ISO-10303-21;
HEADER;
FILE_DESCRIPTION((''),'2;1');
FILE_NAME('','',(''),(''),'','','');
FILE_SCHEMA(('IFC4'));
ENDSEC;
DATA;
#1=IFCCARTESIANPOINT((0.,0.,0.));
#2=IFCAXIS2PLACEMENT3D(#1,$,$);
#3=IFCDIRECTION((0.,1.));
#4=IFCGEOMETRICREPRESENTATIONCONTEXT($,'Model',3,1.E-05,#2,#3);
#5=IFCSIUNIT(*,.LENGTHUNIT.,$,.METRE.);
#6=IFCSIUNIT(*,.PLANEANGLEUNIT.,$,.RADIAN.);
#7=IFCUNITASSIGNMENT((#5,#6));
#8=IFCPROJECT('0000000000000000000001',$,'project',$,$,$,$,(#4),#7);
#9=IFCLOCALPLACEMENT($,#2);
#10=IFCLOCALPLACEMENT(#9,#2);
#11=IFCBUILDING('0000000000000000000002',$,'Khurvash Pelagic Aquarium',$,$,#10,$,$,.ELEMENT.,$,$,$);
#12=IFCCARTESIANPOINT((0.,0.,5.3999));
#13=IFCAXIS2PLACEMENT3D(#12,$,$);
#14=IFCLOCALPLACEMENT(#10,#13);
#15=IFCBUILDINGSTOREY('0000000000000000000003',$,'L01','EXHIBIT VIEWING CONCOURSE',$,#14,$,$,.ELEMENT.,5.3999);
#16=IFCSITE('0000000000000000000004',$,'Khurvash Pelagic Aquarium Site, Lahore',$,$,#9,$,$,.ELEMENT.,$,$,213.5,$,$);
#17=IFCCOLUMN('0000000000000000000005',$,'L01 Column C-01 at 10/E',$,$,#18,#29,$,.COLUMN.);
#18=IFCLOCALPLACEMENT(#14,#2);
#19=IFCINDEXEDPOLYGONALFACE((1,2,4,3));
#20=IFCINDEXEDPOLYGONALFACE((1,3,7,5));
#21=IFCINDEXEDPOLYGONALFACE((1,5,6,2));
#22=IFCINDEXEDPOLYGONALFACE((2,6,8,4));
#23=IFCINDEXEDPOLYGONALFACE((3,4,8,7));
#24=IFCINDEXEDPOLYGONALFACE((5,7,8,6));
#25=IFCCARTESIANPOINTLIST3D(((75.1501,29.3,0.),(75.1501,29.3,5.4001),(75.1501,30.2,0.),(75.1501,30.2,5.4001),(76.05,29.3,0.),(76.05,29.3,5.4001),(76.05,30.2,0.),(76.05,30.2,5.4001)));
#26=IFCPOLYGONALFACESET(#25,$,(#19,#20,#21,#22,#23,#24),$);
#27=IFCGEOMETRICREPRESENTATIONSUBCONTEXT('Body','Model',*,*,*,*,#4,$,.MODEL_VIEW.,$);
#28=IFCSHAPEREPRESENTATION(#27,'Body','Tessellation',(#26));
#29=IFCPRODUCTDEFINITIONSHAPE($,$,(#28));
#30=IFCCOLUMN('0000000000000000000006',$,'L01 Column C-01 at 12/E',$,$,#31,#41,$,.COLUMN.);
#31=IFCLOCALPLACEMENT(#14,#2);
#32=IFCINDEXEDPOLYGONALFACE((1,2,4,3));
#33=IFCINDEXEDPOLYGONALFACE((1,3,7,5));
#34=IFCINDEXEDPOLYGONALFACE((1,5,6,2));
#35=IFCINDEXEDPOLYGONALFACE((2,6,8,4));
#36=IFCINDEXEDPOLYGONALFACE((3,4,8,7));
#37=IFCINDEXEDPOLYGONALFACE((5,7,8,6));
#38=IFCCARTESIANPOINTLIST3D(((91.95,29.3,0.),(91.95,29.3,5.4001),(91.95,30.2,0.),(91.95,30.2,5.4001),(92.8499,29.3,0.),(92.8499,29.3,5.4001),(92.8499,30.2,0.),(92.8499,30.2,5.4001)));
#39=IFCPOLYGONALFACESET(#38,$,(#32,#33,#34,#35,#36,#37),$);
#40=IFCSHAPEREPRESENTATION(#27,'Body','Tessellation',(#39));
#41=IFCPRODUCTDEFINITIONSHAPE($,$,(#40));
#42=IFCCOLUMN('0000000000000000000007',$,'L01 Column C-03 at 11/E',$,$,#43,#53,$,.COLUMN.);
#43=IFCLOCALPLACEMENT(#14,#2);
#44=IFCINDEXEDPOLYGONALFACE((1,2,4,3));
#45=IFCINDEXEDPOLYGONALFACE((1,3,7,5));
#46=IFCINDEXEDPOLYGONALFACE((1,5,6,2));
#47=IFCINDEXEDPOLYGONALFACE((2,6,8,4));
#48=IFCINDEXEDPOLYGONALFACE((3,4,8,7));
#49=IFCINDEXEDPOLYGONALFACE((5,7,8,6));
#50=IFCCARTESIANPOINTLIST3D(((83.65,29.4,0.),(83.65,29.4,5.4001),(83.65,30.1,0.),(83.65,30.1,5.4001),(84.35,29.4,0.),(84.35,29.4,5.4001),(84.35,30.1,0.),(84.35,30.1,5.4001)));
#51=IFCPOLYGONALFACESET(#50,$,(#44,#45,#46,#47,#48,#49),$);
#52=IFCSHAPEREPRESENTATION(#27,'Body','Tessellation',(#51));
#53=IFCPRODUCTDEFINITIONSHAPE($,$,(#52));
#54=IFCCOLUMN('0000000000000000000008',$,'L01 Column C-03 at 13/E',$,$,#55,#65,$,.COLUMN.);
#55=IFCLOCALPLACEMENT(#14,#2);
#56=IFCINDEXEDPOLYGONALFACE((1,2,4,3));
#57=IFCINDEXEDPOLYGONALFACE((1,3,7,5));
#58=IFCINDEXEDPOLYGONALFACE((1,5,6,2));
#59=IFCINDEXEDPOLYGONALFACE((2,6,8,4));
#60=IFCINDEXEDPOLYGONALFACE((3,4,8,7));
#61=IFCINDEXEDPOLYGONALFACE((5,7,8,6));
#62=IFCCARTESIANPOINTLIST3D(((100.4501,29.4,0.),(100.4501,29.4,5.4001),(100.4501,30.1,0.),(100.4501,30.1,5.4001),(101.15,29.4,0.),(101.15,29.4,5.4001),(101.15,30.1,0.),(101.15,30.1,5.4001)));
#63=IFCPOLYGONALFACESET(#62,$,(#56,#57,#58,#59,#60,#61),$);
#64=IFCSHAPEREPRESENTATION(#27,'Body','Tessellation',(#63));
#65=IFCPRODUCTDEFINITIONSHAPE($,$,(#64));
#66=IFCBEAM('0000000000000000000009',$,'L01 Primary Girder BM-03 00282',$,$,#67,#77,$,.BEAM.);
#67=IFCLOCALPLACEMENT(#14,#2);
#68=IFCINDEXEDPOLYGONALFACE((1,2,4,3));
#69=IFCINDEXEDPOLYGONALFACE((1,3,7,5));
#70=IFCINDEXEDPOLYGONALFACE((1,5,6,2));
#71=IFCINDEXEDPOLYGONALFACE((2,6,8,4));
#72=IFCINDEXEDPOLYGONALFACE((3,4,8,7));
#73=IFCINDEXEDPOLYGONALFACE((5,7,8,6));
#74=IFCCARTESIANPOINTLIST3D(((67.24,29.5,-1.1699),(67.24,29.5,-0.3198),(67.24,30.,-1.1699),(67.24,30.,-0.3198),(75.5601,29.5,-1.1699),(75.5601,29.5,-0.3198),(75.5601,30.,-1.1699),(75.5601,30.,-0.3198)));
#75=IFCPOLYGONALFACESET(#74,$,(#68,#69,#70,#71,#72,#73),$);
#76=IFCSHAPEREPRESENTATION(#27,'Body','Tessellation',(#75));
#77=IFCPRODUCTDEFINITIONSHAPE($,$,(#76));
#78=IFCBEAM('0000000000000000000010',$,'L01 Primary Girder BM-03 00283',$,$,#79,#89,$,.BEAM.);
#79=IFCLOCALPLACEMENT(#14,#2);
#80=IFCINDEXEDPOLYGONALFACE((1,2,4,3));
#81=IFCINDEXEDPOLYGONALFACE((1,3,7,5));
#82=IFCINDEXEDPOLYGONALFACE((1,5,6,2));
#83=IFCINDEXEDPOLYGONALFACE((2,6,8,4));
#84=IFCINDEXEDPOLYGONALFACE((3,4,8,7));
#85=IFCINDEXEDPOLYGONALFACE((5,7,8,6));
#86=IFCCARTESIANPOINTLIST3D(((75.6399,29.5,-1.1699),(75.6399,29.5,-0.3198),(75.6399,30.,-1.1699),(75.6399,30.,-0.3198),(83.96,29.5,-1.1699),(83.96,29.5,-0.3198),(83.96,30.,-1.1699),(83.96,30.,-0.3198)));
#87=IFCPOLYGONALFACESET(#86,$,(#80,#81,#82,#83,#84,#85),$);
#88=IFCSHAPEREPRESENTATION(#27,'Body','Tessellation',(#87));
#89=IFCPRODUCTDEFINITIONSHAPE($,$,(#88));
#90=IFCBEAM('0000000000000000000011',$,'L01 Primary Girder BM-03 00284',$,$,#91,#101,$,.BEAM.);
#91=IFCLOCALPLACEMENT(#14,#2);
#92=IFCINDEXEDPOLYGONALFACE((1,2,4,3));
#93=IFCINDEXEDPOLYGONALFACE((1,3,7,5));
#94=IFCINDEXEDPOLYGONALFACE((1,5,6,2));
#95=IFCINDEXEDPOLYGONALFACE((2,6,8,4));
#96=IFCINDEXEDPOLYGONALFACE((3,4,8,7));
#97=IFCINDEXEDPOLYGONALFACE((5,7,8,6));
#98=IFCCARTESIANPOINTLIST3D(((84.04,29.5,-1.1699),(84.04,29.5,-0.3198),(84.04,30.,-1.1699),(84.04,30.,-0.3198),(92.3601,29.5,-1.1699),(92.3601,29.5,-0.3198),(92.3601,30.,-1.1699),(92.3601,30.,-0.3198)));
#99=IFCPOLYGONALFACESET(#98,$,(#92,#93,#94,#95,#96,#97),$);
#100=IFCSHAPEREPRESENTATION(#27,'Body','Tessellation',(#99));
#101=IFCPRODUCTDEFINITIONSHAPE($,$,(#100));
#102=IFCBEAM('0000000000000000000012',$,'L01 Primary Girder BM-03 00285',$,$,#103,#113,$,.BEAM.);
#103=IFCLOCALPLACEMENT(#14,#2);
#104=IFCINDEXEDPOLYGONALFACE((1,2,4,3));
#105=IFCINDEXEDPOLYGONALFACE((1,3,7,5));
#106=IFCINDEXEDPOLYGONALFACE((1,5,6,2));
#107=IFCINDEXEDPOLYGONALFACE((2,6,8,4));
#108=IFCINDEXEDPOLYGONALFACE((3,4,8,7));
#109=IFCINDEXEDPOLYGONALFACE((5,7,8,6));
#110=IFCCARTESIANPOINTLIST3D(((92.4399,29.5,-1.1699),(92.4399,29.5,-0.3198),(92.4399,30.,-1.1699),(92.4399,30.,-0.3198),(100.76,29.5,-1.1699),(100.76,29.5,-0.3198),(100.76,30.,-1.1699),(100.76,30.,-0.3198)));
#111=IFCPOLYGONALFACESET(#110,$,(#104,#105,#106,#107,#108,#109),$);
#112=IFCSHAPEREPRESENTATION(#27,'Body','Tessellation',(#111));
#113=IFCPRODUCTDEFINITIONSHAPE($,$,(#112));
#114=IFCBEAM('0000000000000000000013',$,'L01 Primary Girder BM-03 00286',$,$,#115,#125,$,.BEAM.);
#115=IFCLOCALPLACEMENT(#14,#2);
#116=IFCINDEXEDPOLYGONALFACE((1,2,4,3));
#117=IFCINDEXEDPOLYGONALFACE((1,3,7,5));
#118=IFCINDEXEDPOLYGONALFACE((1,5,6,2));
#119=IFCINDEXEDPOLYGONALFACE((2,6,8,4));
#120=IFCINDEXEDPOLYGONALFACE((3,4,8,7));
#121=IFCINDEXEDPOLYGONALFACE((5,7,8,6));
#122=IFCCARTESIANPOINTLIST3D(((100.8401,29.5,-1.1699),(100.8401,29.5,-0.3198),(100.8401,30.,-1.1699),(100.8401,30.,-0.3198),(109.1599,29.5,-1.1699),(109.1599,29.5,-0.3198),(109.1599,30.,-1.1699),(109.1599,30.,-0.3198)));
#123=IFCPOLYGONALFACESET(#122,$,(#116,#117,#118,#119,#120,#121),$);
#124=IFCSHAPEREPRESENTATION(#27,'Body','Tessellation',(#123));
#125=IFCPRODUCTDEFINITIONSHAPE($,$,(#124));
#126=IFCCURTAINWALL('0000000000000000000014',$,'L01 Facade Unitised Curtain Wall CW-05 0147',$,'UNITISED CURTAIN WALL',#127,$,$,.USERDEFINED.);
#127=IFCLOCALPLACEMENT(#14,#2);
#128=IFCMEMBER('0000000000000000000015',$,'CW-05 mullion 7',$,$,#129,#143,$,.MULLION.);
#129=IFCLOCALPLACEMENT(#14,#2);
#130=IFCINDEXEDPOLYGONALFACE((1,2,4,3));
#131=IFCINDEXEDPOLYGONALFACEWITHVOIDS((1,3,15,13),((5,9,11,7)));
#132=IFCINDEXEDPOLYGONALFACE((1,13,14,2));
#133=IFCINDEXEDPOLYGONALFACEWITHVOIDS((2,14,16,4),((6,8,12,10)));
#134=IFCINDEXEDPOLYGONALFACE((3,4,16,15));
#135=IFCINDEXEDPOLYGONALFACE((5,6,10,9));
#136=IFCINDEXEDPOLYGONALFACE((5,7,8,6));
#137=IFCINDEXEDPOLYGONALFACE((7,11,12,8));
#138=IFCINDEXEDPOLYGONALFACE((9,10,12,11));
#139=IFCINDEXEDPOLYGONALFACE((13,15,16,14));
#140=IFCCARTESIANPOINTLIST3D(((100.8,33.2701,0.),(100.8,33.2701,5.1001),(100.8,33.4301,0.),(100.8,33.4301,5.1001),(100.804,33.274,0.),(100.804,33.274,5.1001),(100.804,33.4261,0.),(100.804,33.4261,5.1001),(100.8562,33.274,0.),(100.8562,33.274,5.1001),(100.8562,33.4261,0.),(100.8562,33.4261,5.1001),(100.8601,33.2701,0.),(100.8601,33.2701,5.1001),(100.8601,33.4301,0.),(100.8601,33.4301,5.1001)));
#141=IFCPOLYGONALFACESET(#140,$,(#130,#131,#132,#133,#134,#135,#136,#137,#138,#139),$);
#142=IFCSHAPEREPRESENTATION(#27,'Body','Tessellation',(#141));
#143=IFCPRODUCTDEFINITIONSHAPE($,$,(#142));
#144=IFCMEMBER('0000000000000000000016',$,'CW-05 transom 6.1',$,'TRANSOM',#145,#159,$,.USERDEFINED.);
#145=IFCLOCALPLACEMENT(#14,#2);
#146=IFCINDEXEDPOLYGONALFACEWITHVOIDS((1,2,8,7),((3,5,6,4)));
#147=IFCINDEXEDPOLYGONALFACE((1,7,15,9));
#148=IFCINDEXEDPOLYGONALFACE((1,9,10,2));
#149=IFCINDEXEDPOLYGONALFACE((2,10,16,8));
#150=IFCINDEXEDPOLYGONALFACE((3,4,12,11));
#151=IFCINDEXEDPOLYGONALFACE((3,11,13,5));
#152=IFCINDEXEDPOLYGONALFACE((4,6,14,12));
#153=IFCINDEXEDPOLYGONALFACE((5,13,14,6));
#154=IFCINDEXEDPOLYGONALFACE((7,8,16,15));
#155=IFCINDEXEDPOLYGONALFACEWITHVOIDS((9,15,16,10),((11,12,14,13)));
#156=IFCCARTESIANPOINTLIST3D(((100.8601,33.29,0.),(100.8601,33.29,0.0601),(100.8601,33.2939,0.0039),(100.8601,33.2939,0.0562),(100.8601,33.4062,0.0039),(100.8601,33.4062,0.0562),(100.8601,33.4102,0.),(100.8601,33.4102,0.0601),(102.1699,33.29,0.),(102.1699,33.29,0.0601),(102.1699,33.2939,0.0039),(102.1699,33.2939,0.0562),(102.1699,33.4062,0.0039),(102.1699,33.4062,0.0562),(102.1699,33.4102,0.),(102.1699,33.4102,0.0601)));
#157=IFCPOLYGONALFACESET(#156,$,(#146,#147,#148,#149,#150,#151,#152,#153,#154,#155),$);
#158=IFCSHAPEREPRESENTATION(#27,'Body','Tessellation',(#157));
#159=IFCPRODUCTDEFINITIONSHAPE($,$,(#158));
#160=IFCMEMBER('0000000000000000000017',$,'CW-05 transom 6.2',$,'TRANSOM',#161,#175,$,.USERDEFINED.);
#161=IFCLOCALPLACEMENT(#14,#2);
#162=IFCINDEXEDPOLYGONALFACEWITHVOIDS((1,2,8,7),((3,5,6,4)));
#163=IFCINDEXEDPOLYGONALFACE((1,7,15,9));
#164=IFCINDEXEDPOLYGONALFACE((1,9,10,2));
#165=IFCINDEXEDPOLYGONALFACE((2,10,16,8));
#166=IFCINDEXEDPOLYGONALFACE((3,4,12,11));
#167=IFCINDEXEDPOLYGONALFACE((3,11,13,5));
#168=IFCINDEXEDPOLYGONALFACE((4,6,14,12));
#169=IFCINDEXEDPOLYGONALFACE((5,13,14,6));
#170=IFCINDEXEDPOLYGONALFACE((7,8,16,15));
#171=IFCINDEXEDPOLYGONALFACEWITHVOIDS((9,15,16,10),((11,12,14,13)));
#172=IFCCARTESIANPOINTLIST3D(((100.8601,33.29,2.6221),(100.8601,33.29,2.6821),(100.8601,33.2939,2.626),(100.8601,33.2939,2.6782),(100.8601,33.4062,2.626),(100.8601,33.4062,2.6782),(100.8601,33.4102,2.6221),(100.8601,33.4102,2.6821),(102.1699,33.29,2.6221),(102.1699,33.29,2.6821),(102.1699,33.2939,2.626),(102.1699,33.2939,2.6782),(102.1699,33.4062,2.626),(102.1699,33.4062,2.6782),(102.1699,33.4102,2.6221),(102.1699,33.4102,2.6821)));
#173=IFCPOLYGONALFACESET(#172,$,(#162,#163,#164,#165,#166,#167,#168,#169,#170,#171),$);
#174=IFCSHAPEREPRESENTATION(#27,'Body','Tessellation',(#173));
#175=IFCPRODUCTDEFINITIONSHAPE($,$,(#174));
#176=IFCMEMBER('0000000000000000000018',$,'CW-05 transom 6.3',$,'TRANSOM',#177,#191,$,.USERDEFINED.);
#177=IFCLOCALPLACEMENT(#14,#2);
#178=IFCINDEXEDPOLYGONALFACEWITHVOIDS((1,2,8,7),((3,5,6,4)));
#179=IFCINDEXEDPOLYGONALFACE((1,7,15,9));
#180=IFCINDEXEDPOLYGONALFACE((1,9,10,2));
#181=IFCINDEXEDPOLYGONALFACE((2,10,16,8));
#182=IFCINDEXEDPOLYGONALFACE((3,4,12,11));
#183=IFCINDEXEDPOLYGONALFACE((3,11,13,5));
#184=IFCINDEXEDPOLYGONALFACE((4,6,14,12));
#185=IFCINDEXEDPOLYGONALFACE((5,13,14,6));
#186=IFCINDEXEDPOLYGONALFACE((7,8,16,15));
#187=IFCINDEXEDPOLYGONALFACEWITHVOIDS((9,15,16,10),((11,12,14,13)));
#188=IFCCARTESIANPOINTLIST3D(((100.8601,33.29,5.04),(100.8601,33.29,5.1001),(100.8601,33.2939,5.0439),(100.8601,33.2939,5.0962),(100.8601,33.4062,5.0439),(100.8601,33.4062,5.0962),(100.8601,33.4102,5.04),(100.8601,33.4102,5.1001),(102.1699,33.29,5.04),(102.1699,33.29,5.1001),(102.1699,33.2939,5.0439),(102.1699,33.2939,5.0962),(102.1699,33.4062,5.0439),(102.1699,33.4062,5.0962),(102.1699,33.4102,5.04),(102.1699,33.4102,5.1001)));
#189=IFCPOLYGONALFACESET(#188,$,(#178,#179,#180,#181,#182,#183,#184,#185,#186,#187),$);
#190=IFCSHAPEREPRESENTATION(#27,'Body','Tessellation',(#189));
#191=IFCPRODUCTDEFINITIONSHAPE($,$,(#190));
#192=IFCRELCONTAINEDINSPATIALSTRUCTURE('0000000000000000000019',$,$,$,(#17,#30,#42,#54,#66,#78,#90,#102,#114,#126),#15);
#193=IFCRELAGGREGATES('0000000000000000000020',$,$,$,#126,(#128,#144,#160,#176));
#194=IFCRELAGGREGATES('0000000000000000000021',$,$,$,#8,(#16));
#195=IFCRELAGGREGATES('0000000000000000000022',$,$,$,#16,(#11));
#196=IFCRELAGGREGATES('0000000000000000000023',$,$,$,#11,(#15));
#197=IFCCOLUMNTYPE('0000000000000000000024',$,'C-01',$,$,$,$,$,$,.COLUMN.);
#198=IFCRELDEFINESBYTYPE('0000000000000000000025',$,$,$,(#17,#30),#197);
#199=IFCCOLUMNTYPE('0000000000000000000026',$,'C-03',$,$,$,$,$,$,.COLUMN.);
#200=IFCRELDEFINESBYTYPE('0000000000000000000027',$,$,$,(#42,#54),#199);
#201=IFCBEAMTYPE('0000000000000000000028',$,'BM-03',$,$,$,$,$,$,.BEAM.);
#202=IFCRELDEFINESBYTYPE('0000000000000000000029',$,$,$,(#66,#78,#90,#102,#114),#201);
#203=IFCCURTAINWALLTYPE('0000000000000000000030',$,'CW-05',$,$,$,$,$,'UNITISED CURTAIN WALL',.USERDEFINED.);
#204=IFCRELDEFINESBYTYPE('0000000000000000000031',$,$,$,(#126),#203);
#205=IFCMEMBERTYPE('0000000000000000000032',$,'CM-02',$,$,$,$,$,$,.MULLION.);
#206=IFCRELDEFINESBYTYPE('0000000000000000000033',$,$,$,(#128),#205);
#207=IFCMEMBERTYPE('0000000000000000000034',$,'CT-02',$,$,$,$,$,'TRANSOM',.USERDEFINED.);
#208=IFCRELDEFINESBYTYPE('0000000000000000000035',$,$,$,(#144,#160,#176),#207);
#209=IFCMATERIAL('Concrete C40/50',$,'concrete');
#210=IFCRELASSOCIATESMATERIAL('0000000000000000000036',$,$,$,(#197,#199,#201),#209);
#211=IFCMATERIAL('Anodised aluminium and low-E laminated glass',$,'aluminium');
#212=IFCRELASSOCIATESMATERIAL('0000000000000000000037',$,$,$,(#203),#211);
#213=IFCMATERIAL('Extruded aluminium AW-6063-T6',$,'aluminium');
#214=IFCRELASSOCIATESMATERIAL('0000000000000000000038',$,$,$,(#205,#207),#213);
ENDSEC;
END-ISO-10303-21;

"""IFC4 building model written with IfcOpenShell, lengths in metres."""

from ifc_helpers import new_model, si_unit, direction, frame, origin, origin_2d, place, context, subcontext, project, spatial, rectangle, hollow_rectangle, extrude, material, material_profile, profile_set, type_object, element, aggregate, save


model = new_model("IFC4")

# Units and contexts
model_context = context("Model", 3, precision=1e-05, world=origin(), true_north=direction((0.0, 1.0)))
body_context = subcontext(model_context, "Body", "Model", "MODEL_VIEW")
ifc_project = project(units=[si_unit("LENGTHUNIT", "METRE"), si_unit("PLANEANGLEUNIT", "RADIAN")], contexts=[model_context])

# Site, building, storey
site_placement = place(None, origin())
site = spatial("IfcSite", under=ifc_project, at=site_placement, Name="Khurvash Pelagic Aquarium Site, Lahore", CompositionType="ELEMENT", RefElevation=213.5)
building_placement = place(site_placement, origin())
building = spatial("IfcBuilding", under=site, at=building_placement, Name="Khurvash Pelagic Aquarium", CompositionType="ELEMENT")
storey_placement = place(building_placement, frame((0.0, 0.0, 5.3999)))
storey = spatial("IfcBuildingStorey", under=building, at=storey_placement, Name="L01", Description="EXHIBIT VIEWING CONCOURSE", CompositionType="ELEMENT", Elevation=5.3999)

# Columns
ifc_material_1 = material(Name="Concrete C40/50", Category="concrete")
ifc_material_profile_1 = material_profile(ifc_material_1, rectangle(XDim=0.8999, YDim=0.8999, at=origin_2d()), Name="RC900X900")
ifc_profile_set_1 = profile_set([ifc_material_profile_1], Name="Concrete C40/50")
column_type_1 = type_object("IfcColumnType", Name="C-01", PredefinedType="COLUMN", material=ifc_profile_set_1)
for number, where, z_axis, x_axis, name in (
    (1, (75.6001, 29.75, 0.0), (0.0, 0.0, 1.0), (1.0, 0.0, 0.0), "L01 Column C-01 at 10/E"),
    (2, (92.3999, 29.75, 0.0), (0.0, 0.0, 1.0), (1.0, 0.0, 0.0), "L01 Column C-01 at 12/E"),
):
    element("IfcColumn", number, at=place(storey_placement, frame(where, z_axis=z_axis, x_axis=x_axis)), inside=storey, type_object=column_type_1, Name=name, PredefinedType="COLUMN", context=body_context, shape_type="SweptSolid", body=[
        extrude(rectangle(XDim=0.8999, YDim=0.8999, at=origin_2d()), origin(), (0.0, 0.0, 1.0), 5.4001),
    ])
ifc_material_profile_2 = material_profile(ifc_material_1, rectangle(XDim=0.7, YDim=0.7, at=origin_2d()), Name="RC700X700")
ifc_profile_set_2 = profile_set([ifc_material_profile_2], Name="Concrete C40/50")
column_type_2 = type_object("IfcColumnType", Name="C-03", PredefinedType="COLUMN", material=ifc_profile_set_2)
for number, where, z_axis, x_axis, name in (
    (3, (84.0, 29.75, 0.0), (0.0, 0.0, 1.0), (1.0, 0.0, 0.0), "L01 Column C-03 at 11/E"),
    (4, (100.8, 29.75, 0.0), (0.0, 0.0, 1.0), (1.0, 0.0, 0.0), "L01 Column C-03 at 13/E"),
):
    element("IfcColumn", number, at=place(storey_placement, frame(where, z_axis=z_axis, x_axis=x_axis)), inside=storey, type_object=column_type_2, Name=name, PredefinedType="COLUMN", context=body_context, shape_type="SweptSolid", body=[
        extrude(rectangle(XDim=0.7, YDim=0.7, at=origin_2d()), origin(), (0.0, 0.0, 1.0), 5.4001),
    ])

# Beams
ifc_material_profile_3 = material_profile(ifc_material_1, rectangle(XDim=0.5, YDim=0.8501, at=origin_2d()), Name="RC500X850")
ifc_profile_set_3 = profile_set([ifc_material_profile_3], Name="Concrete C40/50")
beam_type = type_object("IfcBeamType", Name="BM-03", PredefinedType="BEAM", material=ifc_profile_set_3)
for number, where, z_axis, x_axis, name in (
    (5, (67.24, 29.75, -0.7449), (1.0, 0.0, 0.0), (0.0, 1.0, 0.0), "L01 Primary Girder BM-03 00282"),
    (6, (75.6399, 29.75, -0.7449), (1.0, 0.0, 0.0), (0.0, 1.0, 0.0), "L01 Primary Girder BM-03 00283"),
    (7, (84.04, 29.75, -0.7449), (1.0, 0.0, 0.0), (0.0, 1.0, 0.0), "L01 Primary Girder BM-03 00284"),
    (8, (92.4399, 29.75, -0.7449), (1.0, 0.0, 0.0), (0.0, 1.0, 0.0), "L01 Primary Girder BM-03 00285"),
):
    element("IfcBeam", number, at=place(storey_placement, frame(where, z_axis=z_axis, x_axis=x_axis)), inside=storey, type_object=beam_type, Name=name, PredefinedType="BEAM", context=body_context, shape_type="SweptSolid", body=[
        extrude(rectangle(XDim=0.5, YDim=0.8501, at=origin_2d()), origin(), (0.0, 0.0, 1.0), 8.3201),
    ])
beam_placement = place(storey_placement, frame((100.8401, 29.75, -0.7449), z_axis=(1.0, 0.0, 0.0), x_axis=(0.0, 1.0, 0.0)))
element("IfcBeam", 9, at=beam_placement, inside=storey, type_object=beam_type, Name="L01 Primary Girder BM-03 00286", PredefinedType="BEAM", context=body_context, shape_type="SweptSolid", body=[
    extrude(rectangle(XDim=0.5, YDim=0.8501, at=origin_2d()), origin(), (0.0, 0.0, 1.0), 8.3198),
])

# Curtain wall, members
ifc_material_2 = material(Name="Anodised aluminium and low-E laminated glass", Category="aluminium")
curtain_wall_type = type_object("IfcCurtainWallType", Name="CW-05", ElementType="UNITISED CURTAIN WALL", PredefinedType="USERDEFINED", material=ifc_material_2)
curtain_wall_placement = place(storey_placement, origin())
curtain_wall = element("IfcCurtainWall", 10, at=curtain_wall_placement, inside=storey, type_object=curtain_wall_type, Name="L01 Facade Unitised Curtain Wall CW-05 0147", ObjectType="UNITISED CURTAIN WALL", PredefinedType="USERDEFINED")
ifc_material_3 = material(Name="Extruded aluminium AW-6063-T6", Category="aluminium")
ifc_material_profile_4 = material_profile(ifc_material_3, hollow_rectangle(XDim=0.0601, YDim=0.1599, WallThickness=0.0039, at=origin_2d()), Name="CWM60X160X4")
ifc_profile_set_4 = profile_set([ifc_material_profile_4], Name="Extruded aluminium AW-6063-T6")
member_type_1 = type_object("IfcMemberType", Name="CM-02", PredefinedType="MULLION", material=ifc_profile_set_4)
member_1_placement = place(storey_placement, frame((100.8301, 33.3501, 0.0), z_axis=(0.0, 0.0, 1.0), x_axis=(-1.0, 0.0, 0.0)))
member_1 = element("IfcMember", 11, at=member_1_placement, type_object=member_type_1, Name="CW-05 mullion 7", PredefinedType="MULLION", context=body_context, shape_type="SweptSolid", body=[
    extrude(hollow_rectangle(XDim=0.0601, YDim=0.1599, WallThickness=0.0039, at=origin_2d()), origin(), (0.0, 0.0, 1.0), 5.1001),
])
ifc_material_profile_5 = material_profile(ifc_material_3, hollow_rectangle(XDim=0.1201, YDim=0.0601, WallThickness=0.0039, at=origin_2d()), Name="CWT120X60X4")
ifc_profile_set_5 = profile_set([ifc_material_profile_5], Name="Extruded aluminium AW-6063-T6")
member_type_2 = type_object("IfcMemberType", Name="CT-02", ElementType="TRANSOM", PredefinedType="USERDEFINED", material=ifc_profile_set_5)
member_2_placement = place(storey_placement, frame((102.1699, 33.3501, 0.03), z_axis=(-1.0, 0.0, 0.0), x_axis=(0.0, -1.0, 0.0)))
member_2 = element("IfcMember", 12, at=member_2_placement, type_object=member_type_2, Name="CW-05 transom 6.1", ObjectType="TRANSOM", PredefinedType="USERDEFINED", context=body_context, shape_type="SweptSolid", body=[
    extrude(hollow_rectangle(XDim=0.1201, YDim=0.0601, WallThickness=0.0039, at=origin_2d()), origin(), (0.0, 0.0, 1.0), 1.3098),
])
member_3_placement = place(storey_placement, frame((102.1699, 33.3501, 2.6521), z_axis=(-1.0, 0.0, 0.0), x_axis=(0.0, -1.0, 0.0)))
member_3 = element("IfcMember", 13, at=member_3_placement, type_object=member_type_2, Name="CW-05 transom 6.2", ObjectType="TRANSOM", PredefinedType="USERDEFINED", context=body_context, shape_type="SweptSolid", body=[
    extrude(hollow_rectangle(XDim=0.1201, YDim=0.0601, WallThickness=0.0039, at=origin_2d()), origin(), (0.0, 0.0, 1.0), 1.3098),
])
member_4_placement = place(storey_placement, frame((102.1699, 33.3501, 5.0701), z_axis=(-1.0, 0.0, 0.0), x_axis=(0.0, -1.0, 0.0)))
member_4 = element("IfcMember", 14, at=member_4_placement, type_object=member_type_2, Name="CW-05 transom 6.3", ObjectType="TRANSOM", PredefinedType="USERDEFINED", context=body_context, shape_type="SweptSolid", body=[
    extrude(hollow_rectangle(XDim=0.1201, YDim=0.0601, WallThickness=0.0039, at=origin_2d()), origin(), (0.0, 0.0, 1.0), 1.3098),
])
aggregate(curtain_wall, [member_1, member_2, member_3, member_4])

save(model, "model.ifc")
